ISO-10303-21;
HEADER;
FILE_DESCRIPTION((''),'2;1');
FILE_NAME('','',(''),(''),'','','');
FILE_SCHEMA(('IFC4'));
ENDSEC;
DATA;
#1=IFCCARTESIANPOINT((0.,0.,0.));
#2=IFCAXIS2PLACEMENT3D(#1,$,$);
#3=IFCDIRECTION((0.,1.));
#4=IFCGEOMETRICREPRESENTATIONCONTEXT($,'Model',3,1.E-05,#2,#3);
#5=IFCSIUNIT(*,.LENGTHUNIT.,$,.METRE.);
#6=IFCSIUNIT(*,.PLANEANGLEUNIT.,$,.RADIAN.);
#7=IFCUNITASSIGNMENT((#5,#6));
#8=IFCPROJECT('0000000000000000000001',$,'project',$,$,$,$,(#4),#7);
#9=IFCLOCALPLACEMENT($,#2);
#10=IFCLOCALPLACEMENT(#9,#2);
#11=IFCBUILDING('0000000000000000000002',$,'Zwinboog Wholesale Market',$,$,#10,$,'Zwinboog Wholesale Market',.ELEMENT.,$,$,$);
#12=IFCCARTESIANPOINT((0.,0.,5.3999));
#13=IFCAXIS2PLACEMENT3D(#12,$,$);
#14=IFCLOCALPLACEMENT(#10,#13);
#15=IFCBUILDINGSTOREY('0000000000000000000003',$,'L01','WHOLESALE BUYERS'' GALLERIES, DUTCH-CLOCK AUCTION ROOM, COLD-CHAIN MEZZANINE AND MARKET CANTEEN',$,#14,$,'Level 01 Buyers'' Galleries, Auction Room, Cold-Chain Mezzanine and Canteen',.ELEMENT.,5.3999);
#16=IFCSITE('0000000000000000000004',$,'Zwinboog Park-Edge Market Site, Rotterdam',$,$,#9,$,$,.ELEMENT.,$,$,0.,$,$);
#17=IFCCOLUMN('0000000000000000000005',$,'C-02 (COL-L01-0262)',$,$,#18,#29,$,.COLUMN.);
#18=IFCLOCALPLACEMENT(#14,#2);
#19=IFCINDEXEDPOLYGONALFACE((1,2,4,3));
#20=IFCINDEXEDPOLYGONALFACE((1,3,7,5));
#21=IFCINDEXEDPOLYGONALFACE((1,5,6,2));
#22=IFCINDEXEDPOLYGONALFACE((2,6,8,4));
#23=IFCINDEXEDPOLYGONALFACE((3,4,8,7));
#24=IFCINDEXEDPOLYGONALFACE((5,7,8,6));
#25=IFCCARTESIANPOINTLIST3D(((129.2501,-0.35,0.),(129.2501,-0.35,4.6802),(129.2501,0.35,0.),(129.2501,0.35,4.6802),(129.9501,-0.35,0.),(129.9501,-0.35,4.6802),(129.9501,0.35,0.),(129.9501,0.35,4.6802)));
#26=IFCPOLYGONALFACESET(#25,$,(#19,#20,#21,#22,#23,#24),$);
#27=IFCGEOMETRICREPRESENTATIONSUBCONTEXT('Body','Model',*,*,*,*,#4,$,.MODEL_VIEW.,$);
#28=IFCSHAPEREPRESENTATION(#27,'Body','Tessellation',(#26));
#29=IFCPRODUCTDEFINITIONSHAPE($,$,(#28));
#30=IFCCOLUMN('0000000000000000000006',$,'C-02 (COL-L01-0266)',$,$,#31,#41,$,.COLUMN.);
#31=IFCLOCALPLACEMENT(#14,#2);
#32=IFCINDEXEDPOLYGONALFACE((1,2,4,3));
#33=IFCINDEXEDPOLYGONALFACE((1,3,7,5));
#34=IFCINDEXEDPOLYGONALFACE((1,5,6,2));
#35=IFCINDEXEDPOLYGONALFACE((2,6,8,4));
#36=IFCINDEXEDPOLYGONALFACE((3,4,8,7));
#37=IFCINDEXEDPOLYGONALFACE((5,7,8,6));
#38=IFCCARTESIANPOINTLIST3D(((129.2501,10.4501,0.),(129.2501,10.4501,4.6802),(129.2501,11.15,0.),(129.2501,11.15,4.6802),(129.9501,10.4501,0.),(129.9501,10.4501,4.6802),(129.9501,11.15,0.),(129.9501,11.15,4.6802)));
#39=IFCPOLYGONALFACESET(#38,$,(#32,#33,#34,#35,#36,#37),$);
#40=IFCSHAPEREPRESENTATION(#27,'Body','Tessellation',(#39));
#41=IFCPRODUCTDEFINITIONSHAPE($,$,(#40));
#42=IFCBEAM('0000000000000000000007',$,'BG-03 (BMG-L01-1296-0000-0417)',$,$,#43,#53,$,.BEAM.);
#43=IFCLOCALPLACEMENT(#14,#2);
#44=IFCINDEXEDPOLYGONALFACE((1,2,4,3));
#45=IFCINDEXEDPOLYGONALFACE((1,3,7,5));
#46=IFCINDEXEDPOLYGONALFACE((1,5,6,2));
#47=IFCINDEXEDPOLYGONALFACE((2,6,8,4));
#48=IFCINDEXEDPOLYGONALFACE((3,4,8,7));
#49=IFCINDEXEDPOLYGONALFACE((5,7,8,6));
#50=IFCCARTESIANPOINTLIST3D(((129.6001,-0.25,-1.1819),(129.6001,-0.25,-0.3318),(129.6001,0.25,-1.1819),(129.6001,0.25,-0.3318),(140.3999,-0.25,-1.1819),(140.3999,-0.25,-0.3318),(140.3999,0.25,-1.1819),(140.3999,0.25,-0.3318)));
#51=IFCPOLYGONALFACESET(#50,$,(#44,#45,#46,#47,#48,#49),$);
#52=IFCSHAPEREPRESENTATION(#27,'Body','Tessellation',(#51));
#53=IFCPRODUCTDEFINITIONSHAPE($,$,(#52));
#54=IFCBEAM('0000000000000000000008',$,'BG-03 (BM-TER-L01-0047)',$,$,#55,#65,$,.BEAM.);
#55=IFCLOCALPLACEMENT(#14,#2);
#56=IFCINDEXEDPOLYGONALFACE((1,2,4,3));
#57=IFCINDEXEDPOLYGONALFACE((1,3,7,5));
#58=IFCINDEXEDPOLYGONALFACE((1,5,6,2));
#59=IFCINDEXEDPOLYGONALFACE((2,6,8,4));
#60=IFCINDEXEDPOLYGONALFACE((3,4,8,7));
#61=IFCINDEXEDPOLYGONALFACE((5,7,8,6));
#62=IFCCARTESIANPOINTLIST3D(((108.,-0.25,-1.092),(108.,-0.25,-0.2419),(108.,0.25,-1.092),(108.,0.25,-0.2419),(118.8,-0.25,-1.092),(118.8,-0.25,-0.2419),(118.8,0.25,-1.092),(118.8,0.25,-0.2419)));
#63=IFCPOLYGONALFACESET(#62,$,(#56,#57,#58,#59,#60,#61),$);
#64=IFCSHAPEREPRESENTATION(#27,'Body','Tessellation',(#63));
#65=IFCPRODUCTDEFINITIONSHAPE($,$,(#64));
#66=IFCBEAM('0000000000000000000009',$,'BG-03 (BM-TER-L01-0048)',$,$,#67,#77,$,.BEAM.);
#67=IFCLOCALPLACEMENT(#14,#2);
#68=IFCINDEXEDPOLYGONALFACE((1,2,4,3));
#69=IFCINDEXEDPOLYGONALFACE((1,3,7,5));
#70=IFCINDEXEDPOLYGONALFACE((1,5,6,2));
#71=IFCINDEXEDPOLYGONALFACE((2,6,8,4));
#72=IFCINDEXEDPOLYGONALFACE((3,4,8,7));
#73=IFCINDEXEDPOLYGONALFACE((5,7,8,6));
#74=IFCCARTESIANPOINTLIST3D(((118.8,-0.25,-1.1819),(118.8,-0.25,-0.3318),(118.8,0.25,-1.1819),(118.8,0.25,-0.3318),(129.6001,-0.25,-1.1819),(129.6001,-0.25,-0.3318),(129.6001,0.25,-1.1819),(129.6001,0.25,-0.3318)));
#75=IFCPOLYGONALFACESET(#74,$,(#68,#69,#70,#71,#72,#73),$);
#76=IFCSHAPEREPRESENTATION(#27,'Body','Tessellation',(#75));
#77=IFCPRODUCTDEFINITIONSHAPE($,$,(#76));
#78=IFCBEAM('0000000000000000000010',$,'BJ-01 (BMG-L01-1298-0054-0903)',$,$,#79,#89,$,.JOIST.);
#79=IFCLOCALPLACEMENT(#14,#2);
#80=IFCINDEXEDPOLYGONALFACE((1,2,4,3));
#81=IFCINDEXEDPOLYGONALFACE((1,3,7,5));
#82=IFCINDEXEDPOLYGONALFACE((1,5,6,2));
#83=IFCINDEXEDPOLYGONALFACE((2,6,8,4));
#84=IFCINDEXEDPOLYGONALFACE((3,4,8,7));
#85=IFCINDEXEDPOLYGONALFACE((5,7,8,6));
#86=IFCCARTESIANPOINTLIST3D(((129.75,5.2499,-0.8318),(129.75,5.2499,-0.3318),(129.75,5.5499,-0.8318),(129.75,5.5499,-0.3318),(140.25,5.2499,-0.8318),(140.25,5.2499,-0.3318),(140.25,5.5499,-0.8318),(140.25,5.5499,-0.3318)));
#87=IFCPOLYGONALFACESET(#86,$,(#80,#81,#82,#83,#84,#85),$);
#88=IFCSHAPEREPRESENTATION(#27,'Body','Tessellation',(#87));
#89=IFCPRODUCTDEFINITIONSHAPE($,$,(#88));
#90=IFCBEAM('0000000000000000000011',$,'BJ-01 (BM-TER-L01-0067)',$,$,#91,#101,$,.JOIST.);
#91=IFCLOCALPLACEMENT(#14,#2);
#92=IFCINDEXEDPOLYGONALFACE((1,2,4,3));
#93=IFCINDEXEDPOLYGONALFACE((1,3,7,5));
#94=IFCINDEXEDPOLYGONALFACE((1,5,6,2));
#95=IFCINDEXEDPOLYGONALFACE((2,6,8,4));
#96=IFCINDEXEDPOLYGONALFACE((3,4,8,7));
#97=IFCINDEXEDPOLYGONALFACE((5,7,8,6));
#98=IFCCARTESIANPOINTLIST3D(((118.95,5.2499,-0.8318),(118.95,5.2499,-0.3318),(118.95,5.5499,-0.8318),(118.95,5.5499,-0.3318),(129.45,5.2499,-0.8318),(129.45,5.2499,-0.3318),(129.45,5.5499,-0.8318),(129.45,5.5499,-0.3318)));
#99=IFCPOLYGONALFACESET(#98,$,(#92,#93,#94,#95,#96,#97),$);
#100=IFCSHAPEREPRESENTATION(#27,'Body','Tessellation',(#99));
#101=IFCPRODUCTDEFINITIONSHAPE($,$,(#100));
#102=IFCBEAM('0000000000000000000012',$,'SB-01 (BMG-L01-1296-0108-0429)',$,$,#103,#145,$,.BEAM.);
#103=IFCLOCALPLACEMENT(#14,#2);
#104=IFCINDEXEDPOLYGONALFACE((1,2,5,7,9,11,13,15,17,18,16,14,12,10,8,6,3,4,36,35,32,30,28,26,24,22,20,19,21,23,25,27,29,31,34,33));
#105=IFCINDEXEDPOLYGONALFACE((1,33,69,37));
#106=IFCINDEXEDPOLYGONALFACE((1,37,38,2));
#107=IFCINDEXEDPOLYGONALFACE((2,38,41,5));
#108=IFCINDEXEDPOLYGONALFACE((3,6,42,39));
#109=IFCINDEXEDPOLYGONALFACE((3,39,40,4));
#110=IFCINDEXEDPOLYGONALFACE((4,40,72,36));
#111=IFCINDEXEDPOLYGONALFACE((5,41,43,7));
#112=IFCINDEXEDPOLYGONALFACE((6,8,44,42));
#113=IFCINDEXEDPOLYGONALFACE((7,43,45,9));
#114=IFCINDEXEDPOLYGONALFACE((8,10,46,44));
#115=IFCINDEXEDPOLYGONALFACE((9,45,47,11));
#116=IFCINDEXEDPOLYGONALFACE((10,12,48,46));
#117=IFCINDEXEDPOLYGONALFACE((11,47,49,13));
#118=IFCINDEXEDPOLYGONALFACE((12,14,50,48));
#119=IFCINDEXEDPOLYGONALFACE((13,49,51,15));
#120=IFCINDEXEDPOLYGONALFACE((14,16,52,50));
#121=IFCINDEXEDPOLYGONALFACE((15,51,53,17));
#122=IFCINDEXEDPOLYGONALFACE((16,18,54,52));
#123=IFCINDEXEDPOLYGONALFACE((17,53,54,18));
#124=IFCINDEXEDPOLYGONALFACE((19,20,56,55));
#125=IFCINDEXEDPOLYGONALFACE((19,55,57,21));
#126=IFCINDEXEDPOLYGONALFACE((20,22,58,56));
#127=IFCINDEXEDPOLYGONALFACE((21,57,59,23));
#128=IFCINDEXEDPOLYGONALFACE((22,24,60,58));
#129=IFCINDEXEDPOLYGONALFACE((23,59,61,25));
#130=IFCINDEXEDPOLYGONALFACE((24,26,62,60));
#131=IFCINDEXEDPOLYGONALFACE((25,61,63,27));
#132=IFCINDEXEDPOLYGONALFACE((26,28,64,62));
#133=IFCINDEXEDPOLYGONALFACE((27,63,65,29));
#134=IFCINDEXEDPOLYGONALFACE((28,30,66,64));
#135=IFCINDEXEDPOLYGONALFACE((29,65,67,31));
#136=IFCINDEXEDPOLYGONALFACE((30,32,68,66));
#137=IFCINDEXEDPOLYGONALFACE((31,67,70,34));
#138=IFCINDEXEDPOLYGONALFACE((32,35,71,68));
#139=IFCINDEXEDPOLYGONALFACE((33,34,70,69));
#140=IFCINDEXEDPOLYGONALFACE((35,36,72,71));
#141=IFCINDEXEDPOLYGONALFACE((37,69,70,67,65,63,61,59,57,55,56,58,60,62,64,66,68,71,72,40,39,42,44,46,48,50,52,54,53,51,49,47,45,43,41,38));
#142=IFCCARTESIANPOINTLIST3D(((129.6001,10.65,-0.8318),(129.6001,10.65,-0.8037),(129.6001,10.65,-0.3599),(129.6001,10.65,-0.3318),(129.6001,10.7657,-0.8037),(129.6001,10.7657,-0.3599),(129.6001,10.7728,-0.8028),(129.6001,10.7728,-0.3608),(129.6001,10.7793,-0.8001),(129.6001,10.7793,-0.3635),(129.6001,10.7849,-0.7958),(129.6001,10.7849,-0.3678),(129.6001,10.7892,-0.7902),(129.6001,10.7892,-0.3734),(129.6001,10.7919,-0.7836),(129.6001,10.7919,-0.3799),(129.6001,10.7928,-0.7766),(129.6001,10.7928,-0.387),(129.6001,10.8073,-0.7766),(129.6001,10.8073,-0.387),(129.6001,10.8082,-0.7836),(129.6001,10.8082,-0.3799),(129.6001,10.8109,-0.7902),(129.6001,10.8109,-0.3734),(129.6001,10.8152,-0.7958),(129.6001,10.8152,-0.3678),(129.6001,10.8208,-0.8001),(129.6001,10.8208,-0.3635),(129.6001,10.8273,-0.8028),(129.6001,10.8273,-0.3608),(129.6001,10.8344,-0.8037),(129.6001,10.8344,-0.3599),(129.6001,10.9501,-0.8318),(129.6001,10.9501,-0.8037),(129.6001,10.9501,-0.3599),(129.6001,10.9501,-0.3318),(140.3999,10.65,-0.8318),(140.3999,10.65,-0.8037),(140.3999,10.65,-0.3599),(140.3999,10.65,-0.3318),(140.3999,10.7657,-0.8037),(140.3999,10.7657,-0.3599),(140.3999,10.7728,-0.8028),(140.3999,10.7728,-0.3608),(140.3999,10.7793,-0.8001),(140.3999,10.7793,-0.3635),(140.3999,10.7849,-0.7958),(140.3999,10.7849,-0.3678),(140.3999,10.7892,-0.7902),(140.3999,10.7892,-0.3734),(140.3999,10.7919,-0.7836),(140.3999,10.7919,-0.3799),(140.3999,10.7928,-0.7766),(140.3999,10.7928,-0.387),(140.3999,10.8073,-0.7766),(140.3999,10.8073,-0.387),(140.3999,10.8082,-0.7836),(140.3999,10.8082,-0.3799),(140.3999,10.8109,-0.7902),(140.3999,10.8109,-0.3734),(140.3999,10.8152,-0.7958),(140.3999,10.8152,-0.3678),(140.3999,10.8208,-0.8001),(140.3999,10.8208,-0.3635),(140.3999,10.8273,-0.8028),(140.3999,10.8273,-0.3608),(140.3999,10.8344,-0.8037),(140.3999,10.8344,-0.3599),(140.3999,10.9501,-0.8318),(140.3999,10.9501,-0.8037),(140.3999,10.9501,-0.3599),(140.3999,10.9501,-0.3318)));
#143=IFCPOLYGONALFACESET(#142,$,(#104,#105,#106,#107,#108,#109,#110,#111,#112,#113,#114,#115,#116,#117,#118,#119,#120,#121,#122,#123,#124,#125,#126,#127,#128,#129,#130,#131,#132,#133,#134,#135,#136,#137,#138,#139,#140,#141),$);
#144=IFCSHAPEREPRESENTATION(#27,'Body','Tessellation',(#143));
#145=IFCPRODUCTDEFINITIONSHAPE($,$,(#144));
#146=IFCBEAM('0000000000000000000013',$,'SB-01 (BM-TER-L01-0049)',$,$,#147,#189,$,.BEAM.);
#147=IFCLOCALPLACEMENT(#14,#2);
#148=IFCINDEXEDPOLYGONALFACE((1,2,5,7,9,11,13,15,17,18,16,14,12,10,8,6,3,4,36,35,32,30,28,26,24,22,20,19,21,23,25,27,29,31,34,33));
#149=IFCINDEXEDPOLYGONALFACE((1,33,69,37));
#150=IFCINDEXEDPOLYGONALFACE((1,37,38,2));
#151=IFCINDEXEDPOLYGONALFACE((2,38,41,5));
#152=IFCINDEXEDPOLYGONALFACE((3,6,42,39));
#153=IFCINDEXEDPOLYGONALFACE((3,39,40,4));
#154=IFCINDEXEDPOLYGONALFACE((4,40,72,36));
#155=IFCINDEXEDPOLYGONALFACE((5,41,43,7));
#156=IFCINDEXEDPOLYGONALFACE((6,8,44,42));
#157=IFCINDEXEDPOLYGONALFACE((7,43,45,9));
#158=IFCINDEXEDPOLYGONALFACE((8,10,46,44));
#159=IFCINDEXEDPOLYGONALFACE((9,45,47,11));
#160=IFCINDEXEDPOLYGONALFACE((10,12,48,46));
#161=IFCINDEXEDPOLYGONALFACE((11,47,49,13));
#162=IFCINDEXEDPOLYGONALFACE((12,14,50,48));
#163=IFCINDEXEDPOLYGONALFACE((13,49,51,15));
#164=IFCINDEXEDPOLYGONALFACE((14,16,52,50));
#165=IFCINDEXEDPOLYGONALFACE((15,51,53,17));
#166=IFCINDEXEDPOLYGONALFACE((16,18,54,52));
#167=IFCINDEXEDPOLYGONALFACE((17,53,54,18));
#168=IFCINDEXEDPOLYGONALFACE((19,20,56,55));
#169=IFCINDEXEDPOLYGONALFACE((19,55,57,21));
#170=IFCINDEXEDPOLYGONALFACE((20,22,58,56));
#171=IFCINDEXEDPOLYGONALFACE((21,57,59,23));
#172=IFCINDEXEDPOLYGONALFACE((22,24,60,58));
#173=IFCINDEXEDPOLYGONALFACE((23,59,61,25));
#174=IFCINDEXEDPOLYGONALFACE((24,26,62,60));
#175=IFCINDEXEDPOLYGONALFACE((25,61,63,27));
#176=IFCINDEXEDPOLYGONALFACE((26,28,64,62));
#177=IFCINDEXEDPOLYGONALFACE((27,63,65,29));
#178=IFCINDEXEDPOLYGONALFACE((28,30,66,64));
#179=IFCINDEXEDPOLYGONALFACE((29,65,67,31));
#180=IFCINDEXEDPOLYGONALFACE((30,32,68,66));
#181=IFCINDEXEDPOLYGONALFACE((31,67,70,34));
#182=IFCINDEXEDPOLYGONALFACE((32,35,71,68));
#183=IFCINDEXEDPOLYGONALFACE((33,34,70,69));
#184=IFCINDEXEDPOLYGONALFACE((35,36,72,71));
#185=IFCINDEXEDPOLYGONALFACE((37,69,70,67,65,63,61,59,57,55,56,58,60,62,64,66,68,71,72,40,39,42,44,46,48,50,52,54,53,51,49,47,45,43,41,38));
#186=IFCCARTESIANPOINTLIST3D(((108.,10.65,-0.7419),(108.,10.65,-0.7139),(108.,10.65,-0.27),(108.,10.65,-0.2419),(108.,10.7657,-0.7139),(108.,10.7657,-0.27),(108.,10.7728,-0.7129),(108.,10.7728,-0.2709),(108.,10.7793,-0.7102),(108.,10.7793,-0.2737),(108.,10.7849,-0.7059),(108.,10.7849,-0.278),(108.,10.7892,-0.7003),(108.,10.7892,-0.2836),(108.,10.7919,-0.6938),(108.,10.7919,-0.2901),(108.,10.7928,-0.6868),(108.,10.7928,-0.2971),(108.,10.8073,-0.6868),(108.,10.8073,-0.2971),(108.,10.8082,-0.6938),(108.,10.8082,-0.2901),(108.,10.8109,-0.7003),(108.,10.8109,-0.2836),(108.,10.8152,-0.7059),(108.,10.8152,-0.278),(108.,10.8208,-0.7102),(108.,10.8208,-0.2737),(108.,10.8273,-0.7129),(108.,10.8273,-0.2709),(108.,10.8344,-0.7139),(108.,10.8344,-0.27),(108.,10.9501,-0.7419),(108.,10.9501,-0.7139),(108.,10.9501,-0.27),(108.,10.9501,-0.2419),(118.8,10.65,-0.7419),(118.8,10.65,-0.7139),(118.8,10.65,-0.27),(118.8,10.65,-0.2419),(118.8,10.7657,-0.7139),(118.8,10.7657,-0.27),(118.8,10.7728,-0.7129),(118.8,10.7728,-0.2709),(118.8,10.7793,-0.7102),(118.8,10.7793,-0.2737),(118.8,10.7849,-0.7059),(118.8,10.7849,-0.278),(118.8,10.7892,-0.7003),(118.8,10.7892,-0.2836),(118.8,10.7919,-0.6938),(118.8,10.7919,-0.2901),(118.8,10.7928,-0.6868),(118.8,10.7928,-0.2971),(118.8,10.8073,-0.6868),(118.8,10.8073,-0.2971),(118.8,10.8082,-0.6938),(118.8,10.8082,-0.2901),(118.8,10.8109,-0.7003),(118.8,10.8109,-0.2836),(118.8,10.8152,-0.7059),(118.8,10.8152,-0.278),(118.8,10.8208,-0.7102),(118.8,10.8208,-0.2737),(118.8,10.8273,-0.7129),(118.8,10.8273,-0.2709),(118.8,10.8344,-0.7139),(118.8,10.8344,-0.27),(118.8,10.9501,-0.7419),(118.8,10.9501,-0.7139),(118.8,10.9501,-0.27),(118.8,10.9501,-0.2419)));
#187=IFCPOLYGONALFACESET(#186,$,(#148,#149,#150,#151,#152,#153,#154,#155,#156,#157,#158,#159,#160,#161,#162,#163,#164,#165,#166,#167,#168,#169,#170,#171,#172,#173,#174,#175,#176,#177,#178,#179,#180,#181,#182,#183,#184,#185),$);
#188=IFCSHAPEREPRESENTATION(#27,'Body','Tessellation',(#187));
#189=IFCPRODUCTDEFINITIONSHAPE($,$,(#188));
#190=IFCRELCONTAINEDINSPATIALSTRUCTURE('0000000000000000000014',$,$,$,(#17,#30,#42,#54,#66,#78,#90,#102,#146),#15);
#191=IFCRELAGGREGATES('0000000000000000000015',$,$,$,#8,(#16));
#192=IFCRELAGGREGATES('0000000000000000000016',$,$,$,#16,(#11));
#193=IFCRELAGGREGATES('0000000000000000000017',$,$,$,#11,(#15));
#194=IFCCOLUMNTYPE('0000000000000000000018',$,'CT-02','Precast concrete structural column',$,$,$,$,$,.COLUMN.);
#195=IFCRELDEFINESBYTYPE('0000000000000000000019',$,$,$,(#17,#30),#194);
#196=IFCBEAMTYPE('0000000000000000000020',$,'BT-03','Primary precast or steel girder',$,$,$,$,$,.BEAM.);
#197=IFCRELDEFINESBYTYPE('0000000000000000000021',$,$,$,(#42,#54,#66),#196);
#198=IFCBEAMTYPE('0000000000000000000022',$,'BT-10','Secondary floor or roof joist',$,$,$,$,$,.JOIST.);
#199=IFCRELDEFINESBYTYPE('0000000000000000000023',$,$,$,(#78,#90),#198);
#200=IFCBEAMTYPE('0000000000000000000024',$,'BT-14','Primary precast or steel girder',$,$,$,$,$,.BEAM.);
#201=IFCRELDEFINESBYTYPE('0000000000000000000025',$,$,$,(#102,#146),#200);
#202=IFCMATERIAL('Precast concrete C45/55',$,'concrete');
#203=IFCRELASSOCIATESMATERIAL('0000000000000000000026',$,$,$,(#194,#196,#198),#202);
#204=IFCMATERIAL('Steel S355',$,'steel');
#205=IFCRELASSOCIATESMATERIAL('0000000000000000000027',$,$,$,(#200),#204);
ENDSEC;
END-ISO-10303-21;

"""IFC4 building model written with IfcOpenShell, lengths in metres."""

from ifc_helpers import new_model, si_unit, direction, frame, origin, origin_2d, place, context, subcontext, project, spatial, rectangle, i_section, extrude, material, material_profile, profile_set, type_object, element, save


model = new_model("IFC4")

# Units and contexts
model_context = context("Model", 3, precision=1e-05, world=origin(), true_north=direction((0.0, 1.0)))
body_context = subcontext(model_context, "Body", "Model", "MODEL_VIEW")
ifc_project = project(units=[si_unit("LENGTHUNIT", "METRE"), si_unit("PLANEANGLEUNIT", "RADIAN")], contexts=[model_context])

# Site, building, storey
site_placement = place(None, origin())
site = spatial("IfcSite", under=ifc_project, at=site_placement, Name="Zwinboog Park-Edge Market Site, Rotterdam", CompositionType="ELEMENT", RefElevation=0.0)
building_placement = place(site_placement, origin())
building = spatial("IfcBuilding", under=site, at=building_placement, Name="Zwinboog Wholesale Market", LongName="Zwinboog Wholesale Market", CompositionType="ELEMENT")
storey_placement = place(building_placement, frame((0.0, 0.0, 5.3999)))
storey = spatial("IfcBuildingStorey", under=building, at=storey_placement, Name="L01", Description="WHOLESALE BUYERS' GALLERIES, DUTCH-CLOCK AUCTION ROOM, COLD-CHAIN MEZZANINE AND MARKET CANTEEN", LongName="Level 01 Buyers' Galleries, Auction Room, Cold-Chain Mezzanine and Canteen", CompositionType="ELEMENT", Elevation=5.3999)

# Columns
ifc_material_1 = material(Name="Precast concrete C45/55", Category="concrete")
ifc_material_profile_1 = material_profile(ifc_material_1, rectangle(XDim=0.7, YDim=0.7, at=origin_2d()), Name="PC 700x700")
ifc_profile_set_1 = profile_set([ifc_material_profile_1], Name="Precast concrete C45/55")
column_type = type_object("IfcColumnType", Name="CT-02", Description="Precast concrete structural column", PredefinedType="COLUMN", material=ifc_profile_set_1)
for number, where, z_axis, x_axis, name in (
    (1, (129.6001, 0.0, 0.0), (0.0, 0.0, 1.0), (1.0, 0.0, 0.0), "C-02 (COL-L01-0262)"),
    (2, (129.6001, 10.8, 0.0), (0.0, 0.0, 1.0), (1.0, 0.0, 0.0), "C-02 (COL-L01-0266)"),
):
    element("IfcColumn", number, at=place(storey_placement, frame(where, z_axis=z_axis, x_axis=x_axis)), inside=storey, type_object=column_type, Name=name, PredefinedType="COLUMN", context=body_context, shape_type="SweptSolid", body=[
        extrude(rectangle(XDim=0.7, YDim=0.7, at=origin_2d()), origin(), (0.0, 0.0, 1.0), 4.6802),
    ])

# Beams
ifc_material_profile_2 = material_profile(ifc_material_1, rectangle(XDim=0.5, YDim=0.8501, at=origin_2d()), Name="PC 500x850")
ifc_profile_set_2 = profile_set([ifc_material_profile_2], Name="Precast concrete C45/55")
beam_type_1 = type_object("IfcBeamType", Name="BT-03", Description="Primary precast or steel girder", PredefinedType="BEAM", material=ifc_profile_set_2)
beam_1_placement = place(storey_placement, frame((129.6001, 0.0, -0.7568), z_axis=(1.0, 0.0, 0.0), x_axis=(0.0, 1.0, 0.0)))
element("IfcBeam", 3, at=beam_1_placement, inside=storey, type_object=beam_type_1, Name="BG-03 (BMG-L01-1296-0000-0417)", PredefinedType="BEAM", context=body_context, shape_type="SweptSolid", body=[
    extrude(rectangle(XDim=0.5, YDim=0.8501, at=origin_2d()), origin(), (0.0, 0.0, 1.0), 10.7998),
])
for number, where, z_axis, x_axis, name in (
    (4, (108.0, 0.0, -0.667), (1.0, 0.0, 0.0), (0.0, 1.0, 0.0), "BG-03 (BM-TER-L01-0047)"),
    (5, (118.8, 0.0, -0.7568), (1.0, 0.0, 0.0), (0.0, 1.0, 0.0), "BG-03 (BM-TER-L01-0048)"),
):
    element("IfcBeam", number, at=place(storey_placement, frame(where, z_axis=z_axis, x_axis=x_axis)), inside=storey, type_object=beam_type_1, Name=name, PredefinedType="BEAM", context=body_context, shape_type="SweptSolid", body=[
        extrude(rectangle(XDim=0.5, YDim=0.8501, at=origin_2d()), origin(), (0.0, 0.0, 1.0), 10.8),
    ])
ifc_material_profile_3 = material_profile(ifc_material_1, rectangle(XDim=0.3, YDim=0.5, at=origin_2d()), Name="PC 300x500")
ifc_profile_set_3 = profile_set([ifc_material_profile_3], Name="Precast concrete C45/55")
beam_type_2 = type_object("IfcBeamType", Name="BT-10", Description="Secondary floor or roof joist", PredefinedType="JOIST", material=ifc_profile_set_3)
for number, where, z_axis, x_axis, name in (
    (6, (129.75, 5.3999, -0.5818), (1.0, 0.0, 0.0), (0.0, 1.0, 0.0), "BJ-01 (BMG-L01-1298-0054-0903)"),
    (7, (118.95, 5.3999, -0.5818), (1.0, 0.0, 0.0), (0.0, 1.0, 0.0), "BJ-01 (BM-TER-L01-0067)"),
):
    element("IfcBeam", number, at=place(storey_placement, frame(where, z_axis=z_axis, x_axis=x_axis)), inside=storey, type_object=beam_type_2, Name=name, PredefinedType="JOIST", context=body_context, shape_type="SweptSolid", body=[
        extrude(rectangle(XDim=0.3, YDim=0.5, at=origin_2d()), origin(), (0.0, 0.0, 1.0), 10.5),
    ])
ifc_material_2 = material(Name="Steel S355", Category="steel")
ifc_material_profile_4 = material_profile(ifc_material_2, i_section(OverallWidth=0.3, OverallDepth=0.5, WebThickness=0.0144, FlangeThickness=0.0281, FilletRadius=0.0271, at=origin_2d()), Name="HEB 500")
ifc_profile_set_4 = profile_set([ifc_material_profile_4], Name="Steel S355")
beam_type_3 = type_object("IfcBeamType", Name="BT-14", Description="Primary precast or steel girder", PredefinedType="BEAM", material=ifc_profile_set_4)
beam_2_placement = place(storey_placement, frame((129.6001, 10.8, -0.5818), z_axis=(1.0, 0.0, 0.0), x_axis=(0.0, 1.0, 0.0)))
element("IfcBeam", 8, at=beam_2_placement, inside=storey, type_object=beam_type_3, Name="SB-01 (BMG-L01-1296-0108-0429)", PredefinedType="BEAM", context=body_context, shape_type="SweptSolid", body=[
    extrude(i_section(OverallWidth=0.3, OverallDepth=0.5, WebThickness=0.0144, FlangeThickness=0.0281, FilletRadius=0.0271, at=origin_2d()), origin(), (0.0, 0.0, 1.0), 10.7998),
])
for number, where, z_axis, x_axis, name in (
    (9, (108.0, 10.8, -0.4919), (1.0, 0.0, 0.0), (0.0, 1.0, 0.0), "SB-01 (BM-TER-L01-0049)"),
):
    element("IfcBeam", number, at=place(storey_placement, frame(where, z_axis=z_axis, x_axis=x_axis)), inside=storey, type_object=beam_type_3, Name=name, PredefinedType="BEAM", context=body_context, shape_type="SweptSolid", body=[
        extrude(i_section(OverallWidth=0.3, OverallDepth=0.5, WebThickness=0.0144, FlangeThickness=0.0281, FilletRadius=0.0271, at=origin_2d()), origin(), (0.0, 0.0, 1.0), 10.8),
    ])

save(model, "model.ifc")
